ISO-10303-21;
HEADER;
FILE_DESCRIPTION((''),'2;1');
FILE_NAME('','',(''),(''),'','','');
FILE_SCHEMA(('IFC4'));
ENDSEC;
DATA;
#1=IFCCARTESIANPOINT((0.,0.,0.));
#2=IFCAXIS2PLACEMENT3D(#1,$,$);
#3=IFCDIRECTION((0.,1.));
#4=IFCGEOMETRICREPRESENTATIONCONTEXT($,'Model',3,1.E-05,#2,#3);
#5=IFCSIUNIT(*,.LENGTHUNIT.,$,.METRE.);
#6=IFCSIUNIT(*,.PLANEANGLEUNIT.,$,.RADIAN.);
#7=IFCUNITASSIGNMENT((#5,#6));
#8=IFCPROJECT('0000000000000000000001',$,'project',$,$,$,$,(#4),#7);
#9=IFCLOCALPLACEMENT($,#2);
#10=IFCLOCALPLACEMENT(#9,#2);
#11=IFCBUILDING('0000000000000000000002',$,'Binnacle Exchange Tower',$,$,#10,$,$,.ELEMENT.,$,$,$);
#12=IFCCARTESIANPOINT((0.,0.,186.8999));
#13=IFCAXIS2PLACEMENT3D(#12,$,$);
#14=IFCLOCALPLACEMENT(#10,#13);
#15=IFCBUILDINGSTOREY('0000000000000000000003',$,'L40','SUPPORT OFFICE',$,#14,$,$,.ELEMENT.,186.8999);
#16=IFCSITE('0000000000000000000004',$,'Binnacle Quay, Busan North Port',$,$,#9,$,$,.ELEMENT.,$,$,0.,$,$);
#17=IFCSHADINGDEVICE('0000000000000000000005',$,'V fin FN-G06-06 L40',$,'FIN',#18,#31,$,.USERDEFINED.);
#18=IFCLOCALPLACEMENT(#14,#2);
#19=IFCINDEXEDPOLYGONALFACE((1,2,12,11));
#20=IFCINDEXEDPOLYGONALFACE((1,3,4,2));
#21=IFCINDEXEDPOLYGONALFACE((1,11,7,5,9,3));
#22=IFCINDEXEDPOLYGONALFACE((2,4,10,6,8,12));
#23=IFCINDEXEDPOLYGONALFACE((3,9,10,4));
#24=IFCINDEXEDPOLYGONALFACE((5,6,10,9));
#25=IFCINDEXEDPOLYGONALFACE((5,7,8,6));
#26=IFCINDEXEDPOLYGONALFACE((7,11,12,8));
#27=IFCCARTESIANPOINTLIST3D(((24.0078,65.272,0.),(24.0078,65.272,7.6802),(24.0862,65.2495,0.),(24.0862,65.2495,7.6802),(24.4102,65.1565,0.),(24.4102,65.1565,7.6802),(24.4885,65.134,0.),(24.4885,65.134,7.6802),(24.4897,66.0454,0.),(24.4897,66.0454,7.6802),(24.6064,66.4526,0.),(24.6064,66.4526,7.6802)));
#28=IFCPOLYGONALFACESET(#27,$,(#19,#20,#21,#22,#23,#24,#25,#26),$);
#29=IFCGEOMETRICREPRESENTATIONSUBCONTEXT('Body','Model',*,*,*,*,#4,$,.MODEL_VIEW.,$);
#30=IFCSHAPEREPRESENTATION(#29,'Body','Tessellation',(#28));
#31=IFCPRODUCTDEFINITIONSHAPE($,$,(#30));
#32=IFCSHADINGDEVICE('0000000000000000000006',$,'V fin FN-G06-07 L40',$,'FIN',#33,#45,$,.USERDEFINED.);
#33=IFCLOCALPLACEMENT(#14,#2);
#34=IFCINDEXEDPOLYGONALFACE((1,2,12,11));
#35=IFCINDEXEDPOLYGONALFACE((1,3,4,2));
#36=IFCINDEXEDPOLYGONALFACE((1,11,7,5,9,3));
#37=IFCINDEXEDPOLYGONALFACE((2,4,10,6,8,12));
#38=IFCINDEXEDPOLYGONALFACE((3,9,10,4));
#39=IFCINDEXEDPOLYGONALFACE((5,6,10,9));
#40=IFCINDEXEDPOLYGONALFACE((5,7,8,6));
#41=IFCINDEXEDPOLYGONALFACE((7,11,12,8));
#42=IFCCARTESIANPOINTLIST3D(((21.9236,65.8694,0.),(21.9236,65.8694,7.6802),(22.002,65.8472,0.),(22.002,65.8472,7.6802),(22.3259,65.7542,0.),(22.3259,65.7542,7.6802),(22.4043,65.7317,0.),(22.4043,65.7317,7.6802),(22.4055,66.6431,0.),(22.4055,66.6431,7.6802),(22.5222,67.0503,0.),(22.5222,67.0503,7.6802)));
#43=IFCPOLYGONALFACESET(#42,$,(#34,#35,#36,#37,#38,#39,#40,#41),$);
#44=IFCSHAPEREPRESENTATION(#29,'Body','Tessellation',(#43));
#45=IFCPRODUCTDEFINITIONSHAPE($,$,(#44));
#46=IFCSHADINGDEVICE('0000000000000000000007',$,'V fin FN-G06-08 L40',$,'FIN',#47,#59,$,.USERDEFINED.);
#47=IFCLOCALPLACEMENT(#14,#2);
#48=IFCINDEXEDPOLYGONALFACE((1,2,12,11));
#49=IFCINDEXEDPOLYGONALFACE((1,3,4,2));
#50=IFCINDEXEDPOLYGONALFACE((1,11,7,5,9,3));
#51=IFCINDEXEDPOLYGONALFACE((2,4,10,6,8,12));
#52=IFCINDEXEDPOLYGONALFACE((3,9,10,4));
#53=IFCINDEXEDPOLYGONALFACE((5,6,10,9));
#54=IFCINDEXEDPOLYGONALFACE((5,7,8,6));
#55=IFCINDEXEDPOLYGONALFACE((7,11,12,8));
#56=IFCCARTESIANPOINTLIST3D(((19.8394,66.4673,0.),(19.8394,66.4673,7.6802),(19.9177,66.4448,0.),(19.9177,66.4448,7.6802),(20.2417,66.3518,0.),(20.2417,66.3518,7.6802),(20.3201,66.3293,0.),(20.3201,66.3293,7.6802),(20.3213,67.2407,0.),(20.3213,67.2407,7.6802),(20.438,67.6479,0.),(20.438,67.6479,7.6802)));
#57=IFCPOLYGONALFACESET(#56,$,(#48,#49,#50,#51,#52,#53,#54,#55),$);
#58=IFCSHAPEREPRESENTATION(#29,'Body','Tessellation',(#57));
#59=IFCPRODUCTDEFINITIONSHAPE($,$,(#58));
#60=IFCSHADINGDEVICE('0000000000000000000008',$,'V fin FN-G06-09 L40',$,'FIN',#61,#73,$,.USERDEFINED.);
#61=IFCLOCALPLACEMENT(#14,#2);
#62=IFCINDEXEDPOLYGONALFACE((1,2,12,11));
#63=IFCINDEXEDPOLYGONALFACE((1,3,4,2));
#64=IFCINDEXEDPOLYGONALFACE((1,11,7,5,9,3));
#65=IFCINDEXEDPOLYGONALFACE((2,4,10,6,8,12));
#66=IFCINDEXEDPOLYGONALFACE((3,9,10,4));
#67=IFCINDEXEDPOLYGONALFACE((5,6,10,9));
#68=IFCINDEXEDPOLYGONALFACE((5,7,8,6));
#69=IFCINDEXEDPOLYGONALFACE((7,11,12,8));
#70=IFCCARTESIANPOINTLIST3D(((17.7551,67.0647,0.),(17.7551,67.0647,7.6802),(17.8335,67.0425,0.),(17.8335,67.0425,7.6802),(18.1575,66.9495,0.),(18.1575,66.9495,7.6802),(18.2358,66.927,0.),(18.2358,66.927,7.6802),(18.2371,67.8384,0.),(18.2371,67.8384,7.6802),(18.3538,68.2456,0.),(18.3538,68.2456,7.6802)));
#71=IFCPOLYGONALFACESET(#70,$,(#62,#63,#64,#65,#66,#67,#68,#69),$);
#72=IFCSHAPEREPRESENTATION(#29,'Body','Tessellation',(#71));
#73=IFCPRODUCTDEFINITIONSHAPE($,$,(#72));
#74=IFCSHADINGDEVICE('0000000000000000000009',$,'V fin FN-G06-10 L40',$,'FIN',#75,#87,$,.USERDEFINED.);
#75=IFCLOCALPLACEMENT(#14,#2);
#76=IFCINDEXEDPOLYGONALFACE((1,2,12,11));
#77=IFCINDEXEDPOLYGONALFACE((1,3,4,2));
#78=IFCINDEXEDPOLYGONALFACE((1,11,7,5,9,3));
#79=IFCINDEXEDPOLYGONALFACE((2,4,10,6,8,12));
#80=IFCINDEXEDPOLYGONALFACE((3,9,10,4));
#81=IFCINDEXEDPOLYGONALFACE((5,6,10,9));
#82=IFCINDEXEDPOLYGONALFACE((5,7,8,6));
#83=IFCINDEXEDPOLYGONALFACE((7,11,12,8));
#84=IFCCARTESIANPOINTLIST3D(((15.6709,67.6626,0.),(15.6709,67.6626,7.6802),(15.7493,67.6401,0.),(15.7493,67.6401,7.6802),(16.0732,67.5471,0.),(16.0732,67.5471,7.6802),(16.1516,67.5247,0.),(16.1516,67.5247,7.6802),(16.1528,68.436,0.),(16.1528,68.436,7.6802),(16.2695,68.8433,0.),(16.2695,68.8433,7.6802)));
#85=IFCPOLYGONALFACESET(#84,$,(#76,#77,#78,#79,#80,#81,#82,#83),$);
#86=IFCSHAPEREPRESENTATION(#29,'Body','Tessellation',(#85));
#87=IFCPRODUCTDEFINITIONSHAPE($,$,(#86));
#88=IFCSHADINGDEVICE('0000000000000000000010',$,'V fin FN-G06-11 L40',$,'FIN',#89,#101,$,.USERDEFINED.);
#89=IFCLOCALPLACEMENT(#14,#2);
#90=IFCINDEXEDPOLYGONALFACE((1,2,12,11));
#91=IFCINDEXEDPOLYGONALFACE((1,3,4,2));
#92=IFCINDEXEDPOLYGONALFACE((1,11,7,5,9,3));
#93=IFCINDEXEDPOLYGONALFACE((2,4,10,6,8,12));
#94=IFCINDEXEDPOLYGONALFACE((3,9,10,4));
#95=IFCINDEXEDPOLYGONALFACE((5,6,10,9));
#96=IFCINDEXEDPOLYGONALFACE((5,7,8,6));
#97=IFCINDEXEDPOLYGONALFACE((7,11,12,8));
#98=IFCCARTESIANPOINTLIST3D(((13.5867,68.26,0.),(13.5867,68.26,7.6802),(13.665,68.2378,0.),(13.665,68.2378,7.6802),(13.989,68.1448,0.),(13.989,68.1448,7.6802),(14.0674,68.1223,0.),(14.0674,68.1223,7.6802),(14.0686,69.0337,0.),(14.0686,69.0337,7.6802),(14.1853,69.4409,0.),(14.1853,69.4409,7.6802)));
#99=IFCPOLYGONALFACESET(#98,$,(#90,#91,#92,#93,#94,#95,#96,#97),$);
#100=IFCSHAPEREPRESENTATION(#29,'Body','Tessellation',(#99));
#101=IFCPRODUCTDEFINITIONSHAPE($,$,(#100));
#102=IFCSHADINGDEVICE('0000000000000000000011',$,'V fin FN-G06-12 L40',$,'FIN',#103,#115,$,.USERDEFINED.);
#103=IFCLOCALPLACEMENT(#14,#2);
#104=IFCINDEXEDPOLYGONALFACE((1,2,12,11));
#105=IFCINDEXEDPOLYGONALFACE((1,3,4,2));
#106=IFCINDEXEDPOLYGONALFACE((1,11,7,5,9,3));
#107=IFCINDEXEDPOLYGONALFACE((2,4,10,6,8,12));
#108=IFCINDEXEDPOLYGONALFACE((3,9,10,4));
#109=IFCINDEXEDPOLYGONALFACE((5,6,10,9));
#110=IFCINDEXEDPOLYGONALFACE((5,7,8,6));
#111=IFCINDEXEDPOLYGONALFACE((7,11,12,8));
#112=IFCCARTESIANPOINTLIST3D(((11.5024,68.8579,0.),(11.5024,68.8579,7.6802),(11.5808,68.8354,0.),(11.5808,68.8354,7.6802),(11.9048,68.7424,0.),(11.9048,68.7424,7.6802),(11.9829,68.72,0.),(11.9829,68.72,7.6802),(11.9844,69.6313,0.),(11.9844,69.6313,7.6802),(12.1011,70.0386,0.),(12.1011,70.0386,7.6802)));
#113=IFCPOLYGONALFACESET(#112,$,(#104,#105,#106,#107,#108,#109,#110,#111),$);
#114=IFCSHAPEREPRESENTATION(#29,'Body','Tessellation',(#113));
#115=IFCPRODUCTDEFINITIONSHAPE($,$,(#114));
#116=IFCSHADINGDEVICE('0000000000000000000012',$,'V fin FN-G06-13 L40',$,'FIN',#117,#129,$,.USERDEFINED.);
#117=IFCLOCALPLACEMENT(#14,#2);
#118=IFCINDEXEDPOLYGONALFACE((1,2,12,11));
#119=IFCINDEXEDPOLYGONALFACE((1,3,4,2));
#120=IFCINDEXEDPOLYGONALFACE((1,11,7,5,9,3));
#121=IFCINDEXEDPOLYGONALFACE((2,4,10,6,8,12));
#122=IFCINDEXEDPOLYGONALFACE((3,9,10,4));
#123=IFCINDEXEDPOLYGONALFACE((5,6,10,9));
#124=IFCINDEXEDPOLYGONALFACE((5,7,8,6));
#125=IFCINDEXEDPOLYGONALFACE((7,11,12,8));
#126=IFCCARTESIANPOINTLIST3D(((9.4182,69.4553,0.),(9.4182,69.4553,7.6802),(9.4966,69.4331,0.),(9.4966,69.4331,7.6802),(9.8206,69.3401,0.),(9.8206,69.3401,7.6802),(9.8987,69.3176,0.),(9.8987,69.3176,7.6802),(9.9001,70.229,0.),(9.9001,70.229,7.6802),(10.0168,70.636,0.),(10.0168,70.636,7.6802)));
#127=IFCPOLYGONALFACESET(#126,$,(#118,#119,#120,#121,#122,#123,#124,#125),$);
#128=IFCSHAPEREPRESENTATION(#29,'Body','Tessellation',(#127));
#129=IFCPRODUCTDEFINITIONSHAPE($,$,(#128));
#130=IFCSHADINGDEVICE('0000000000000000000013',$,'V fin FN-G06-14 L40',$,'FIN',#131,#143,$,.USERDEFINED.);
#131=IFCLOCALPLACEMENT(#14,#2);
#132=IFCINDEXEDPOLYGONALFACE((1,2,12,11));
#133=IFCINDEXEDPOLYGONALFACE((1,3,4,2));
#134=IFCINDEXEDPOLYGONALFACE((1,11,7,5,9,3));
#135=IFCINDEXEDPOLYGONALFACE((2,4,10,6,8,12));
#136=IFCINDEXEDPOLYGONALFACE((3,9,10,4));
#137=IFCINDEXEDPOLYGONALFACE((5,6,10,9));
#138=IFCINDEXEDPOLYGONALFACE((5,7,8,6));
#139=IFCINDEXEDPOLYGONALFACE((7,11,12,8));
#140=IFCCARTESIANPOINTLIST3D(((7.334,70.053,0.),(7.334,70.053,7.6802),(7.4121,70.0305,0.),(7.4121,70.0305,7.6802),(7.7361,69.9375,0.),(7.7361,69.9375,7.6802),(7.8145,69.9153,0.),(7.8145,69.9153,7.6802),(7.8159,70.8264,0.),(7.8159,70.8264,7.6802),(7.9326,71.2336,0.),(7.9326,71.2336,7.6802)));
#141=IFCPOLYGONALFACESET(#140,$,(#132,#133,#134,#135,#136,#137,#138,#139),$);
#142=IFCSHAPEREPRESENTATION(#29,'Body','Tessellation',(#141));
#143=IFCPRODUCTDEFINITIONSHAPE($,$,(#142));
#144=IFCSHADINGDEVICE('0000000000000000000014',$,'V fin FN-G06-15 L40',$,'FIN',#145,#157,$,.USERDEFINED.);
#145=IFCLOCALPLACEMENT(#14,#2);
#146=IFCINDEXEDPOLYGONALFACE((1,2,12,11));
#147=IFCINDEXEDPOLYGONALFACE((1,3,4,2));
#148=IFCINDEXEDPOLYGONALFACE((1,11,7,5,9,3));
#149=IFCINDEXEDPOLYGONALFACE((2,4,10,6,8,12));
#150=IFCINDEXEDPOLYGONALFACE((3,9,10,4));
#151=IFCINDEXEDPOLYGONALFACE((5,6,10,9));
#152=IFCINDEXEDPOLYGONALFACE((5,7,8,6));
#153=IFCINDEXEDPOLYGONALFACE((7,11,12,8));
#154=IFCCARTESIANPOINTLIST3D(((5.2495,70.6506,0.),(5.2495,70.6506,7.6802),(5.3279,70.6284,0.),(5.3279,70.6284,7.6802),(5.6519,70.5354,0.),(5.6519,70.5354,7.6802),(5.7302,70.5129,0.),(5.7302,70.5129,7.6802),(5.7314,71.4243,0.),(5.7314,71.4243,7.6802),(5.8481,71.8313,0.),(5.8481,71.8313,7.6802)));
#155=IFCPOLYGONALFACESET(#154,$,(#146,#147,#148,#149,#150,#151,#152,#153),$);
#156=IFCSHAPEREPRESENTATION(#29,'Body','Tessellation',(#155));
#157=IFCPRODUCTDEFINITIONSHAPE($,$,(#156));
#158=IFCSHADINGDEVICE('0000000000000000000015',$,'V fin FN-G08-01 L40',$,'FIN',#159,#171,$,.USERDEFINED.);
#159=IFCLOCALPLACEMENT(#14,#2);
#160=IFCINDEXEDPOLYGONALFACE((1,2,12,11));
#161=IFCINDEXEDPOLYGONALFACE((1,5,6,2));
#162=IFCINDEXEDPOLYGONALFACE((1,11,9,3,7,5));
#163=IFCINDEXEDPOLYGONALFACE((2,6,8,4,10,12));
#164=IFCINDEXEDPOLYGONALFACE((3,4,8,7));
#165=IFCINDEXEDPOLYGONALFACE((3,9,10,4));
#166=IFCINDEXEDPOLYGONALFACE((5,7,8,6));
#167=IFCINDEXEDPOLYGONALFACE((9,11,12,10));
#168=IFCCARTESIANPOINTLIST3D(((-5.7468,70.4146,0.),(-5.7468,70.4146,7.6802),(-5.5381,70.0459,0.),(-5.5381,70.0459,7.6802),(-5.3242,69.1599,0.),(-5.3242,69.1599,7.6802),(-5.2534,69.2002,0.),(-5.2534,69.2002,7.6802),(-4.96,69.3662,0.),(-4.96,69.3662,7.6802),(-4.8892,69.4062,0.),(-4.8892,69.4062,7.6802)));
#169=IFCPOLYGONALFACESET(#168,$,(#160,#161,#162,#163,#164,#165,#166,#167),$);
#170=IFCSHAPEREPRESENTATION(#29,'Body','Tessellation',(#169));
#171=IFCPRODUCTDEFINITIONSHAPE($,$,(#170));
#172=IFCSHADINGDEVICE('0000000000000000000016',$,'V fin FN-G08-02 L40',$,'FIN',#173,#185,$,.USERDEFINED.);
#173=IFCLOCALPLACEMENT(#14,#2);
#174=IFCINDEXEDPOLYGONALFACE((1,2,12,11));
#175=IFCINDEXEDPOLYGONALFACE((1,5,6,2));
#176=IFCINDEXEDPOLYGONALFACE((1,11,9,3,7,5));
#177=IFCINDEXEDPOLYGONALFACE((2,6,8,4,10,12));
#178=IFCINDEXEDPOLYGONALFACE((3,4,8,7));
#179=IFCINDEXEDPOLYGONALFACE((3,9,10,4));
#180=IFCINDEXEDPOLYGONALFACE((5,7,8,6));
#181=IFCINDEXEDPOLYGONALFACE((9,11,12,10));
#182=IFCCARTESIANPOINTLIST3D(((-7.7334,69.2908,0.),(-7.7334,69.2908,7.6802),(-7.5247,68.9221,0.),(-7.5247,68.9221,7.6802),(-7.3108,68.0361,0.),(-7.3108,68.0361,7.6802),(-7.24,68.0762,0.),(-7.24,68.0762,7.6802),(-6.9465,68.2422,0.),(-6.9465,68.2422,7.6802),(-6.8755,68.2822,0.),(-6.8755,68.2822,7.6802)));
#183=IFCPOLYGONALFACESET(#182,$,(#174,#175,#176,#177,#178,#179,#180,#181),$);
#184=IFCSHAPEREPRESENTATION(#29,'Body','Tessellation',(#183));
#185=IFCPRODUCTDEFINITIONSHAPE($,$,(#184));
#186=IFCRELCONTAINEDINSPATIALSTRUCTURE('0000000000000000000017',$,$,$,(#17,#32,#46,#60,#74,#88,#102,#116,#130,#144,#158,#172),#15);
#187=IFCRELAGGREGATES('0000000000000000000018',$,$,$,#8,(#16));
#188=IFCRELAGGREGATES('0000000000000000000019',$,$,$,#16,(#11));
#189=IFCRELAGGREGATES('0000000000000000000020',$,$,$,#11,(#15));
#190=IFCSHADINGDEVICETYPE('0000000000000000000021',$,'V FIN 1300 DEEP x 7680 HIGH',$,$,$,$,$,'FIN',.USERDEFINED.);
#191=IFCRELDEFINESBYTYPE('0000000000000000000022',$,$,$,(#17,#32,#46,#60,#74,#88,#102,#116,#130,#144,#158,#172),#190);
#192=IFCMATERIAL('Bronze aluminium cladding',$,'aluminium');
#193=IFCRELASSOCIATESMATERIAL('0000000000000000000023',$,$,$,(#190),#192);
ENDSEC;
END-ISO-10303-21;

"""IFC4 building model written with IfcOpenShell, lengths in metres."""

from ifc_helpers import new_model, si_unit, direction, frame, origin, place, context, subcontext, project, spatial, polyline, outline, extrude, material, type_object, element, save


model = new_model("IFC4")

# Units and contexts
model_context = context("Model", 3, precision=1e-05, world=origin(), true_north=direction((0.0, 1.0)))
body_context = subcontext(model_context, "Body", "Model", "MODEL_VIEW")
ifc_project = project(units=[si_unit("LENGTHUNIT", "METRE"), si_unit("PLANEANGLEUNIT", "RADIAN")], contexts=[model_context])

# Site, building, storey
site_placement = place(None, origin())
site = spatial("IfcSite", under=ifc_project, at=site_placement, Name="Binnacle Quay, Busan North Port", CompositionType="ELEMENT", RefElevation=0.0)
building_placement = place(site_placement, origin())
building = spatial("IfcBuilding", under=site, at=building_placement, Name="Binnacle Exchange Tower", CompositionType="ELEMENT")
storey_placement = place(building_placement, frame((0.0, 0.0, 186.8999)))
storey = spatial("IfcBuildingStorey", under=building, at=storey_placement, Name="L40", Description="SUPPORT OFFICE", CompositionType="ELEMENT", Elevation=186.8999)

# Shading devices
ifc_material = material(Name="Bronze aluminium cladding", Category="aluminium")
shading_device_type = type_object("IfcShadingDeviceType", Name="V FIN 1300 DEEP x 7680 HIGH", ElementType="FIN", PredefinedType="USERDEFINED", material=ifc_material)
shading_device_1_placement = place(storey_placement, origin())
element("IfcShadingDevice", 1, at=shading_device_1_placement, inside=storey, type_object=shading_device_type, Name="V fin FN-G06-06 L40", ObjectType="FIN", PredefinedType="USERDEFINED", context=body_context, shape_type="SweptSolid", body=[
    extrude(outline(polyline([(24.4885, 65.134), (24.6064, 66.4526), (24.0078, 65.272), (24.0862, 65.2495), (24.4897, 66.0454), (24.4102, 65.1565), (24.4885, 65.134)])), origin(), (0.0, 0.0, 1.0), 7.6802),
])
shading_device_2_placement = place(storey_placement, origin())
element("IfcShadingDevice", 2, at=shading_device_2_placement, inside=storey, type_object=shading_device_type, Name="V fin FN-G06-07 L40", ObjectType="FIN", PredefinedType="USERDEFINED", context=body_context, shape_type="SweptSolid", body=[
    extrude(outline(polyline([(22.4043, 65.7317), (22.5222, 67.0503), (21.9236, 65.8694), (22.002, 65.8472), (22.4055, 66.6431), (22.3259, 65.7542), (22.4043, 65.7317)])), origin(), (0.0, 0.0, 1.0), 7.6802),
])
shading_device_3_placement = place(storey_placement, origin())
element("IfcShadingDevice", 3, at=shading_device_3_placement, inside=storey, type_object=shading_device_type, Name="V fin FN-G06-08 L40", ObjectType="FIN", PredefinedType="USERDEFINED", context=body_context, shape_type="SweptSolid", body=[
    extrude(outline(polyline([(20.3201, 66.3293), (20.438, 67.6479), (19.8394, 66.4673), (19.9177, 66.4448), (20.3213, 67.2407), (20.2417, 66.3518), (20.3201, 66.3293)])), origin(), (0.0, 0.0, 1.0), 7.6802),
])
shading_device_4_placement = place(storey_placement, origin())
element("IfcShadingDevice", 4, at=shading_device_4_placement, inside=storey, type_object=shading_device_type, Name="V fin FN-G06-09 L40", ObjectType="FIN", PredefinedType="USERDEFINED", context=body_context, shape_type="SweptSolid", body=[
    extrude(outline(polyline([(18.2358, 66.927), (18.3538, 68.2456), (17.7551, 67.0647), (17.8335, 67.0425), (18.2371, 67.8384), (18.1575, 66.9495), (18.2358, 66.927)])), origin(), (0.0, 0.0, 1.0), 7.6802),
])
shading_device_5_placement = place(storey_placement, origin())
element("IfcShadingDevice", 5, at=shading_device_5_placement, inside=storey, type_object=shading_device_type, Name="V fin FN-G06-10 L40", ObjectType="FIN", PredefinedType="USERDEFINED", context=body_context, shape_type="SweptSolid", body=[
    extrude(outline(polyline([(16.1516, 67.5247), (16.2695, 68.8433), (15.6709, 67.6626), (15.7493, 67.6401), (16.1528, 68.436), (16.0732, 67.5471), (16.1516, 67.5247)])), origin(), (0.0, 0.0, 1.0), 7.6802),
])
shading_device_6_placement = place(storey_placement, origin())
element("IfcShadingDevice", 6, at=shading_device_6_placement, inside=storey, type_object=shading_device_type, Name="V fin FN-G06-11 L40", ObjectType="FIN", PredefinedType="USERDEFINED", context=body_context, shape_type="SweptSolid", body=[
    extrude(outline(polyline([(14.0674, 68.1223), (14.1853, 69.4409), (13.5867, 68.26), (13.665, 68.2378), (14.0686, 69.0337), (13.989, 68.1448), (14.0674, 68.1223)])), origin(), (0.0, 0.0, 1.0), 7.6802),
])
shading_device_7_placement = place(storey_placement, origin())
element("IfcShadingDevice", 7, at=shading_device_7_placement, inside=storey, type_object=shading_device_type, Name="V fin FN-G06-12 L40", ObjectType="FIN", PredefinedType="USERDEFINED", context=body_context, shape_type="SweptSolid", body=[
    extrude(outline(polyline([(11.9829, 68.72), (12.1011, 70.0386), (11.5024, 68.8579), (11.5808, 68.8354), (11.9844, 69.6313), (11.9048, 68.7424), (11.9829, 68.72)])), origin(), (0.0, 0.0, 1.0), 7.6802),
])
shading_device_8_placement = place(storey_placement, origin())
element("IfcShadingDevice", 8, at=shading_device_8_placement, inside=storey, type_object=shading_device_type, Name="V fin FN-G06-13 L40", ObjectType="FIN", PredefinedType="USERDEFINED", context=body_context, shape_type="SweptSolid", body=[
    extrude(outline(polyline([(9.8987, 69.3176), (10.0168, 70.636), (9.4182, 69.4553), (9.4966, 69.4331), (9.9001, 70.229), (9.8206, 69.3401), (9.8987, 69.3176)])), origin(), (0.0, 0.0, 1.0), 7.6802),
])
shading_device_9_placement = place(storey_placement, origin())
element("IfcShadingDevice", 9, at=shading_device_9_placement, inside=storey, type_object=shading_device_type, Name="V fin FN-G06-14 L40", ObjectType="FIN", PredefinedType="USERDEFINED", context=body_context, shape_type="SweptSolid", body=[
    extrude(outline(polyline([(7.8145, 69.9153), (7.9326, 71.2336), (7.334, 70.053), (7.4121, 70.0305), (7.8159, 70.8264), (7.7361, 69.9375), (7.8145, 69.9153)])), origin(), (0.0, 0.0, 1.0), 7.6802),
])
shading_device_10_placement = place(storey_placement, origin())
element("IfcShadingDevice", 10, at=shading_device_10_placement, inside=storey, type_object=shading_device_type, Name="V fin FN-G06-15 L40", ObjectType="FIN", PredefinedType="USERDEFINED", context=body_context, shape_type="SweptSolid", body=[
    extrude(outline(polyline([(5.7302, 70.5129), (5.8481, 71.8313), (5.2495, 70.6506), (5.3279, 70.6284), (5.7314, 71.4243), (5.6519, 70.5354), (5.7302, 70.5129)])), origin(), (0.0, 0.0, 1.0), 7.6802),
])
shading_device_11_placement = place(storey_placement, origin())
element("IfcShadingDevice", 11, at=shading_device_11_placement, inside=storey, type_object=shading_device_type, Name="V fin FN-G08-01 L40", ObjectType="FIN", PredefinedType="USERDEFINED", context=body_context, shape_type="SweptSolid", body=[
    extrude(outline(polyline([(-4.8892, 69.4062), (-5.7468, 70.4146), (-5.3242, 69.1599), (-5.2534, 69.2002), (-5.5381, 70.0459), (-4.96, 69.3662), (-4.8892, 69.4062)])), origin(), (0.0, 0.0, 1.0), 7.6802),
])
shading_device_12_placement = place(storey_placement, origin())
element("IfcShadingDevice", 12, at=shading_device_12_placement, inside=storey, type_object=shading_device_type, Name="V fin FN-G08-02 L40", ObjectType="FIN", PredefinedType="USERDEFINED", context=body_context, shape_type="SweptSolid", body=[
    extrude(outline(polyline([(-6.8755, 68.2822), (-7.7334, 69.2908), (-7.3108, 68.0361), (-7.24, 68.0762), (-7.5247, 68.9221), (-6.9465, 68.2422), (-6.8755, 68.2822)])), origin(), (0.0, 0.0, 1.0), 7.6802),
])

save(model, "model.ifc")
